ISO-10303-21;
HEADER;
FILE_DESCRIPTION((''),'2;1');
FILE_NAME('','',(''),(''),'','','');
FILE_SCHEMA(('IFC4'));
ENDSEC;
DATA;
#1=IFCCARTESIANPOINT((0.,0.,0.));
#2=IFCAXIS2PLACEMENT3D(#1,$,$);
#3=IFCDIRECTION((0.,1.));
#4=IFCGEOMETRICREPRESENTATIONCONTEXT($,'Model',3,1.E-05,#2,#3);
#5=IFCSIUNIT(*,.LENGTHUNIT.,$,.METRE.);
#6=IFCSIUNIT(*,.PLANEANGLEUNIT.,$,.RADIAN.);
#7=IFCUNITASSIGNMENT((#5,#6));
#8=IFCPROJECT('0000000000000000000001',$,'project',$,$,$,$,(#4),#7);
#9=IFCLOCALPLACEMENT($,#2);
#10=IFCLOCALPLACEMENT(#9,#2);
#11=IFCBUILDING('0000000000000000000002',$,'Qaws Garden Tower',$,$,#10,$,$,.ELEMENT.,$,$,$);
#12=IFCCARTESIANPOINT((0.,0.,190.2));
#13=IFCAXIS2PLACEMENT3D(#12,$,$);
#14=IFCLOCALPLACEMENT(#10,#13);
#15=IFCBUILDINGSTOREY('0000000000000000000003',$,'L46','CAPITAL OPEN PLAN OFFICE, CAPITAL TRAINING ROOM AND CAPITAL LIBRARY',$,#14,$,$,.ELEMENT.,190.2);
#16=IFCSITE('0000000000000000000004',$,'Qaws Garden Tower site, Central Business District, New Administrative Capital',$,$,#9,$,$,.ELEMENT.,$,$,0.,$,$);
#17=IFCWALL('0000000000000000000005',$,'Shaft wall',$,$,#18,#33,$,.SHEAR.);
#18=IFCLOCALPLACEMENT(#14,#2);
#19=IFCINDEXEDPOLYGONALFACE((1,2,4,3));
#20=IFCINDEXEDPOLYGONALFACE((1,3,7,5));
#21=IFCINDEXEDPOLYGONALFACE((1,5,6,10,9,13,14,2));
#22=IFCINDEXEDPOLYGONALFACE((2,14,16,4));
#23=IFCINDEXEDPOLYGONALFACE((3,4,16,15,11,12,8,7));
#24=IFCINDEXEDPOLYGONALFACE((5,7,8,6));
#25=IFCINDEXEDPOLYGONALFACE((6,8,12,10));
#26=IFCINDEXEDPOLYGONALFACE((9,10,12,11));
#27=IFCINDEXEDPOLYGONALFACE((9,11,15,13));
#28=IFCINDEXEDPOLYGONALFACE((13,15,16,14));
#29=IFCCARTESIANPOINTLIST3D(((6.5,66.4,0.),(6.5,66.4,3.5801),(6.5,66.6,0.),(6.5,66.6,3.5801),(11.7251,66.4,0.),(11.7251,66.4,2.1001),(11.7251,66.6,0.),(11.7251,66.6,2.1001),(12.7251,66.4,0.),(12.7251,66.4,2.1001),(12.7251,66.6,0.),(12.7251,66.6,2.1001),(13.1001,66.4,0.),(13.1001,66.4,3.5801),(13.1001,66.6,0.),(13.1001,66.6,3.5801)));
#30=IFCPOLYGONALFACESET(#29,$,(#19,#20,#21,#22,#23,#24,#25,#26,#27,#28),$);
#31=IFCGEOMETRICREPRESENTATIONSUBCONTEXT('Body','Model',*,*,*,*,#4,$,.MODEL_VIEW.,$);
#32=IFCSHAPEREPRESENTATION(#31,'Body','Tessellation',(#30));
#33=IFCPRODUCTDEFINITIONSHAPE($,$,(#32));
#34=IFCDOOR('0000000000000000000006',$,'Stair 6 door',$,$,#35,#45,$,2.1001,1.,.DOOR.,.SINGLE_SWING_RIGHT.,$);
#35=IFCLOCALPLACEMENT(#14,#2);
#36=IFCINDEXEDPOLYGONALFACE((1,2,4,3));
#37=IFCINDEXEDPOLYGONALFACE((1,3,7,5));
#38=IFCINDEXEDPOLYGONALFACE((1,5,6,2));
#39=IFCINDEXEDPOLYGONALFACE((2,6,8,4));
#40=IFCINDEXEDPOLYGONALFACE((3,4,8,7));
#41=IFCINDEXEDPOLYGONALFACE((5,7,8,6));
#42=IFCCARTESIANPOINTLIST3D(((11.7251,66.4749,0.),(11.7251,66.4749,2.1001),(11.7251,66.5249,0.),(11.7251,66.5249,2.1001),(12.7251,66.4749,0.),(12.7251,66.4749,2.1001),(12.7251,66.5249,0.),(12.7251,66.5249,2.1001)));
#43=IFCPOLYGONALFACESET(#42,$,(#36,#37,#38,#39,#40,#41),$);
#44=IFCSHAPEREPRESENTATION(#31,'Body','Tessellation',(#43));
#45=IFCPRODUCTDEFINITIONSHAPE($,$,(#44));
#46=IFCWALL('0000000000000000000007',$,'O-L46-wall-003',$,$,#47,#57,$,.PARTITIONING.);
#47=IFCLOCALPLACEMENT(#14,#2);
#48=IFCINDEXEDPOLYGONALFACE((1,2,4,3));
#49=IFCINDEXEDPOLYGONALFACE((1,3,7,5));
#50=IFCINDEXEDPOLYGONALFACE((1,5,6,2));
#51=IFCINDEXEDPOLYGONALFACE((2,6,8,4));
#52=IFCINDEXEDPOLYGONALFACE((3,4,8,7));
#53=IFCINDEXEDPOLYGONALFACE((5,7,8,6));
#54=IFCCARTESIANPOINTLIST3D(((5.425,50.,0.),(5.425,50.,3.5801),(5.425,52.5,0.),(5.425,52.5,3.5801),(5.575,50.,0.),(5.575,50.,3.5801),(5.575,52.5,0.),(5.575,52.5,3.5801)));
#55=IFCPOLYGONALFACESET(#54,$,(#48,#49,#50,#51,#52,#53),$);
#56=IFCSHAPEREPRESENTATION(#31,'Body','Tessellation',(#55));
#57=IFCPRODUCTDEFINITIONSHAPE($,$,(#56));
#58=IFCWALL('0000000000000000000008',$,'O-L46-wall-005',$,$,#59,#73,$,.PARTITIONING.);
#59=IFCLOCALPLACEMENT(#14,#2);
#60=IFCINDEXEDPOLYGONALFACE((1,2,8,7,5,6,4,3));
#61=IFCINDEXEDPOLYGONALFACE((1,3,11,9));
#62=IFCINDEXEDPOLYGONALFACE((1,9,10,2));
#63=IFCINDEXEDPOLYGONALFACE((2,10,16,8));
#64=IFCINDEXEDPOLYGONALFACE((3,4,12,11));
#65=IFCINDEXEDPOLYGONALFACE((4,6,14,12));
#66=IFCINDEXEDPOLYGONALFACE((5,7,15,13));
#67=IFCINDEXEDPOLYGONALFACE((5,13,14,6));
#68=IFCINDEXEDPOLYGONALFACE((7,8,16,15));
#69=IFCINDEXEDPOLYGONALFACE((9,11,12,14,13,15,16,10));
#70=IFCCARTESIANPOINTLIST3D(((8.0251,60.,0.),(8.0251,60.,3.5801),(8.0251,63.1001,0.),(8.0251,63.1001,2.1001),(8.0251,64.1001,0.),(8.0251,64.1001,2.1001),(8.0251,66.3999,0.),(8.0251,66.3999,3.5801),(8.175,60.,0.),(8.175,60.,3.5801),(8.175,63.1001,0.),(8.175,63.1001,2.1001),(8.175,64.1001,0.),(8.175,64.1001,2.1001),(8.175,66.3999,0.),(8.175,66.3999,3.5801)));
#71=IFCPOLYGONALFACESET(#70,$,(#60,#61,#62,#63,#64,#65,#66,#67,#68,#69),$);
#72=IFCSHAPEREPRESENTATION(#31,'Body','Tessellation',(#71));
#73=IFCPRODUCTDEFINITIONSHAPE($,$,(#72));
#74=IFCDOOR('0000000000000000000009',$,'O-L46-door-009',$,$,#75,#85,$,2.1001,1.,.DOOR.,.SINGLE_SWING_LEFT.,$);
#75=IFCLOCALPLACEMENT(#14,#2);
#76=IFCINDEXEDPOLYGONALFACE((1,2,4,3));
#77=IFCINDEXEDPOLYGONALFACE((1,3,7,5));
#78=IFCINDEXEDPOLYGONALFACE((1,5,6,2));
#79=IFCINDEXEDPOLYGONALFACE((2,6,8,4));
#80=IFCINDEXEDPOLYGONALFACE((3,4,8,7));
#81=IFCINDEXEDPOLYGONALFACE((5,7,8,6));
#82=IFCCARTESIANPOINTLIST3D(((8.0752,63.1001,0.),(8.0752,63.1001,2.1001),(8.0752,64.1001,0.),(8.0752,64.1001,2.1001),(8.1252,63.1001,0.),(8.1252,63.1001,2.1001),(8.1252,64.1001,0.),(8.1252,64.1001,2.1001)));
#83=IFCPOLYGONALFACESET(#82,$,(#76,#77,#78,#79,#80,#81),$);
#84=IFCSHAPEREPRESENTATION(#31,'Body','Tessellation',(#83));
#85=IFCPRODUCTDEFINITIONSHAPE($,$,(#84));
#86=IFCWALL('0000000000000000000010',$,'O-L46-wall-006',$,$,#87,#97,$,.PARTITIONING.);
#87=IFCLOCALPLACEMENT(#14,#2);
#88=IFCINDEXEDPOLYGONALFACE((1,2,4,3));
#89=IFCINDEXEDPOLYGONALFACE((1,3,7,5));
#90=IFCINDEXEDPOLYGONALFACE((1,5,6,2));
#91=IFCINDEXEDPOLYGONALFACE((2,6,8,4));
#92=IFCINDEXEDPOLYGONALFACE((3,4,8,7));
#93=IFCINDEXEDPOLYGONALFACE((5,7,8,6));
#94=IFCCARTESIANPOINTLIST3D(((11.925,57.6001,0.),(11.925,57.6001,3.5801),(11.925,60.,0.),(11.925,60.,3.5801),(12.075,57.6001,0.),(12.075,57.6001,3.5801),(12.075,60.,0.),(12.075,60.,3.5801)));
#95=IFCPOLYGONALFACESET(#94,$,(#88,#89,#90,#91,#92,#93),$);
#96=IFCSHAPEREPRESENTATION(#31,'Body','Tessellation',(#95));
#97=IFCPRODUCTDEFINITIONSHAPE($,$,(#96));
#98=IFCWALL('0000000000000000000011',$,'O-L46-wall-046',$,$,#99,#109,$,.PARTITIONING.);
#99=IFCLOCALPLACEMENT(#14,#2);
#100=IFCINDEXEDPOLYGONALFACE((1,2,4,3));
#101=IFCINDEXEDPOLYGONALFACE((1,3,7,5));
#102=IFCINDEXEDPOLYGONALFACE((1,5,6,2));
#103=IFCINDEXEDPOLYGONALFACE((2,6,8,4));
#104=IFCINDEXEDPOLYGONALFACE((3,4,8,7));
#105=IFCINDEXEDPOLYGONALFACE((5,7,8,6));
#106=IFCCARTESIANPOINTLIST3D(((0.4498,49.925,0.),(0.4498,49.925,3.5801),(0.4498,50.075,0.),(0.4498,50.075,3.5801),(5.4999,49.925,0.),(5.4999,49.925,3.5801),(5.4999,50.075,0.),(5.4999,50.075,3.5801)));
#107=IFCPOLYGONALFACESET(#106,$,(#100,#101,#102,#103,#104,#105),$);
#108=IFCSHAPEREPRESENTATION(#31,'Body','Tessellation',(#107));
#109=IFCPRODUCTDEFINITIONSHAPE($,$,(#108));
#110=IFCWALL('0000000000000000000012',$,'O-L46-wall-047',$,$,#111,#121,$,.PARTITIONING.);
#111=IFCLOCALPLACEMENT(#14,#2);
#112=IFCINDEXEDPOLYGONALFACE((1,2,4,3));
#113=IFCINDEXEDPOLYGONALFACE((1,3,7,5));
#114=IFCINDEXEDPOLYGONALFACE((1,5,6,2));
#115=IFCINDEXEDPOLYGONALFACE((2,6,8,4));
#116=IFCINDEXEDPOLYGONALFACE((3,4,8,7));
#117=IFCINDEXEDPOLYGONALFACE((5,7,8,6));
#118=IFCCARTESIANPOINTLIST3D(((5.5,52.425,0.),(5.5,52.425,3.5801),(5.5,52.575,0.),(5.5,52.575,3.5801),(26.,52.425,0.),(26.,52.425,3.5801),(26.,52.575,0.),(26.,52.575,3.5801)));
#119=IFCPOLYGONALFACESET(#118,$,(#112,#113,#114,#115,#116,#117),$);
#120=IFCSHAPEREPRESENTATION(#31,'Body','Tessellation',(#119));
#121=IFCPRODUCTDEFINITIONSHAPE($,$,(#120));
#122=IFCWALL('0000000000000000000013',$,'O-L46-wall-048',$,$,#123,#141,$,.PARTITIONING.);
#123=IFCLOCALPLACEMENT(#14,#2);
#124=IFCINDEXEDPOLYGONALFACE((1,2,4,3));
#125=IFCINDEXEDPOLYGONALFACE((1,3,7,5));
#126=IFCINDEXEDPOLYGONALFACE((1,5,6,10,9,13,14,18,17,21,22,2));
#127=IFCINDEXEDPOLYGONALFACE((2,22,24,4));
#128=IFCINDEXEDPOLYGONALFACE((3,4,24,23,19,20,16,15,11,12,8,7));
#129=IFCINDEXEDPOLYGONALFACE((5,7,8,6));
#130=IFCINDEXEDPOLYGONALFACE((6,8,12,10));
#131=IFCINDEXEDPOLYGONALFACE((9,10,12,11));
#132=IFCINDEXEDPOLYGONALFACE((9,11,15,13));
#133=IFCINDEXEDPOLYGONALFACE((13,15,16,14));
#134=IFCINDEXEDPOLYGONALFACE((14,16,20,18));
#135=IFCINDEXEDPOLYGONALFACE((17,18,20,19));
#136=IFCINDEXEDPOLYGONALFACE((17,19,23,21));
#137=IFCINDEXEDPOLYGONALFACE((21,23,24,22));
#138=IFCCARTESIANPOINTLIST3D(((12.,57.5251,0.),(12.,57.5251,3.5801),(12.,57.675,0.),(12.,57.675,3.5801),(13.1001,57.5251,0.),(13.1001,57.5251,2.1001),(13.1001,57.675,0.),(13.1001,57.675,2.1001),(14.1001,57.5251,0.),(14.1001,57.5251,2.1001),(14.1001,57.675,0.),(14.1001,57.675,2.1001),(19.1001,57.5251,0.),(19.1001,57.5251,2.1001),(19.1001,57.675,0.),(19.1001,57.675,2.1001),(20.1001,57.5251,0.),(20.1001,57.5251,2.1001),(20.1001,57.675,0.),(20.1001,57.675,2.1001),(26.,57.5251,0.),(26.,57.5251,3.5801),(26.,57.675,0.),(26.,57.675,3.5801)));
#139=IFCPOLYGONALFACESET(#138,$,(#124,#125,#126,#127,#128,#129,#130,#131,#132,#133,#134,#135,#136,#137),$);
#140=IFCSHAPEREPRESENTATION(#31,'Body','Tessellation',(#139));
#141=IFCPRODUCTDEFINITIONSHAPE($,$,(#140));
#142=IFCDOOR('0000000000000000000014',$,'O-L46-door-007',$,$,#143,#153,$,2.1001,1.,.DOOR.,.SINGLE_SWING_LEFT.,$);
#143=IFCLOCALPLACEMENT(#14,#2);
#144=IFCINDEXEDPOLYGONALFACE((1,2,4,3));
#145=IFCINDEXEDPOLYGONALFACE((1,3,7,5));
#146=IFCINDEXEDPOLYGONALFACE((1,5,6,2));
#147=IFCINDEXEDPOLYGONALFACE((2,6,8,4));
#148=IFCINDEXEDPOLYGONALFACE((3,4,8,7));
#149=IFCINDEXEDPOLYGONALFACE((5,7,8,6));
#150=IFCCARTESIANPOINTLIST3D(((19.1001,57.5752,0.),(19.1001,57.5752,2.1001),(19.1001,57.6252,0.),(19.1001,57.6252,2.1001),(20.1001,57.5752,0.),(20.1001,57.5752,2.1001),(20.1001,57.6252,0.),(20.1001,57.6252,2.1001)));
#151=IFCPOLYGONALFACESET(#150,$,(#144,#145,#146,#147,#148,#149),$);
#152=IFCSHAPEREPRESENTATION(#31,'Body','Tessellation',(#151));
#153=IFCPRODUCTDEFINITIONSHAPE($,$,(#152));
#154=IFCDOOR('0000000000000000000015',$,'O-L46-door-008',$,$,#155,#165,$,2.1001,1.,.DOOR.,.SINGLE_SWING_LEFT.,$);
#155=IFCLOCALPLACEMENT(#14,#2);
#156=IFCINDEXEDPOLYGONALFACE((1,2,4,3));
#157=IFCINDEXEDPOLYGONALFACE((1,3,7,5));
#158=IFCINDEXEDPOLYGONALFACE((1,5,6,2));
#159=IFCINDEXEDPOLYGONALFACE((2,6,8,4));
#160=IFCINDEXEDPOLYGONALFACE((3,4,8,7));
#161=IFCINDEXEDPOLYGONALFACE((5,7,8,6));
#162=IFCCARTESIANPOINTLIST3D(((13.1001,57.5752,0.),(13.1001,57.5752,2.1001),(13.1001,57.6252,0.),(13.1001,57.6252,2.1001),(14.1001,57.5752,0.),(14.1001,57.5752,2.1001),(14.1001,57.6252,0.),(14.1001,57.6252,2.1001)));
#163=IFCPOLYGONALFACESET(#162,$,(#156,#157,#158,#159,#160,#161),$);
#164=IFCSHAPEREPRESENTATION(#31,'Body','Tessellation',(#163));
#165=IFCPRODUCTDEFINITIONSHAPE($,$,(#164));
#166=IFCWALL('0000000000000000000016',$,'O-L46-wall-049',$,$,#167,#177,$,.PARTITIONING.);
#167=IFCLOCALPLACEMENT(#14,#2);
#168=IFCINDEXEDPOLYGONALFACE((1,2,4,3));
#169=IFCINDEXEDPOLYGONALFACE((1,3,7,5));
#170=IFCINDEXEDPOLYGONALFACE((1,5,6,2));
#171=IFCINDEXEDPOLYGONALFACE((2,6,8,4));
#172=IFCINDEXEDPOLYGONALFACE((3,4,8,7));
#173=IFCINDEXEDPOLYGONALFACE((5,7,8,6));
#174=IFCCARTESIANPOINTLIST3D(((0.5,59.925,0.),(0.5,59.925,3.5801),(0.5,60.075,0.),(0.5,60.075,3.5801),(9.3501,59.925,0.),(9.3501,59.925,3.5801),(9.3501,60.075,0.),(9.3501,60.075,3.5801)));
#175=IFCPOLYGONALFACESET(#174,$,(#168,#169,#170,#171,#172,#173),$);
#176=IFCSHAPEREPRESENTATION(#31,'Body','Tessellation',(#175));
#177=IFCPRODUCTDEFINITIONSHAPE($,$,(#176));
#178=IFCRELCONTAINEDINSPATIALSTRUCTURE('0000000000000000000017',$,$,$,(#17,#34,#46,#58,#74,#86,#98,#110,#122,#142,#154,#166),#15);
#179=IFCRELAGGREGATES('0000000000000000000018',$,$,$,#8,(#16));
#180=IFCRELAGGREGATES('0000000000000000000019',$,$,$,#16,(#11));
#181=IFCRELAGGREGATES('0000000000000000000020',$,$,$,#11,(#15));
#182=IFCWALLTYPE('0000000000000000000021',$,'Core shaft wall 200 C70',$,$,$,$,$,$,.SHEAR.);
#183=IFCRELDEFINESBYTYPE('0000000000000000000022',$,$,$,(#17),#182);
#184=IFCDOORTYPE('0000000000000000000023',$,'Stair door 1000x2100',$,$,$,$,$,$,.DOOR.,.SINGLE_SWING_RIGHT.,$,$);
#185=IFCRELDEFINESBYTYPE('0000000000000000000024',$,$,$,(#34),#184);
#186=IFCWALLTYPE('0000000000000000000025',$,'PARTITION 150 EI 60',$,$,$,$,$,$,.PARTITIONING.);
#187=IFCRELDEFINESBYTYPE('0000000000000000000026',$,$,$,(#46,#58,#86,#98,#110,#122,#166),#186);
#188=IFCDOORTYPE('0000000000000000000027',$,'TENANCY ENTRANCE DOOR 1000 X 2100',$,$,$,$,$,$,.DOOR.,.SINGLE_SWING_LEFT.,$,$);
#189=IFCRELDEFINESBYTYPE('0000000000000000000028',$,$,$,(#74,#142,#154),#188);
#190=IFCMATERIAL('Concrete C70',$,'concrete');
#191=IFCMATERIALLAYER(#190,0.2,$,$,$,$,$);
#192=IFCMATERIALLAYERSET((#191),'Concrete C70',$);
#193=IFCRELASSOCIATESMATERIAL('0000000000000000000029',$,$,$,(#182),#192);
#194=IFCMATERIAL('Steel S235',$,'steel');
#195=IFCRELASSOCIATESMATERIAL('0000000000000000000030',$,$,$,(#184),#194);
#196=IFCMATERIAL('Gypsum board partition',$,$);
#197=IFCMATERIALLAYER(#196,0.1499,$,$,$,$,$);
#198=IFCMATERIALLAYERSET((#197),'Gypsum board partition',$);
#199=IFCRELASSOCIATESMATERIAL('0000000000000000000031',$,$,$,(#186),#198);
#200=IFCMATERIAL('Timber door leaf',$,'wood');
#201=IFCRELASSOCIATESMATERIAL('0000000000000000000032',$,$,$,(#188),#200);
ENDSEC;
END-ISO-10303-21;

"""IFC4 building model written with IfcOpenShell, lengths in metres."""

from ifc_helpers import new_model, si_unit, direction, frame, frame_2d, origin, place, context, subcontext, project, spatial, rectangle, extrude, material, layer, layer_set, type_object, element, fill, save


model = new_model("IFC4")

# Units and contexts
model_context = context("Model", 3, precision=1e-05, world=origin(), true_north=direction((0.0, 1.0)))
body_context = subcontext(model_context, "Body", "Model", "MODEL_VIEW")
ifc_project = project(units=[si_unit("LENGTHUNIT", "METRE"), si_unit("PLANEANGLEUNIT", "RADIAN")], contexts=[model_context])

# Site, building, storey
site_placement = place(None, origin())
site = spatial("IfcSite", under=ifc_project, at=site_placement, Name="Qaws Garden Tower site, Central Business District, New Administrative Capital", CompositionType="ELEMENT", RefElevation=0.0)
building_placement = place(site_placement, origin())
building = spatial("IfcBuilding", under=site, at=building_placement, Name="Qaws Garden Tower", CompositionType="ELEMENT")
storey_placement = place(building_placement, frame((0.0, 0.0, 190.2)))
storey = spatial("IfcBuildingStorey", under=building, at=storey_placement, Name="L46", Description="CAPITAL OPEN PLAN OFFICE, CAPITAL TRAINING ROOM AND CAPITAL LIBRARY", CompositionType="ELEMENT", Elevation=190.2)

# Wall, opening, door
ifc_material_1 = material(Name="Concrete C70", Category="concrete")
ifc_layer_1 = layer(ifc_material_1, 0.2)
ifc_layer_set_1 = layer_set([ifc_layer_1], Name="Concrete C70")
wall_type_1 = type_object("IfcWallType", Name="Core shaft wall 200 C70", PredefinedType="SHEAR", material=ifc_layer_set_1)
wall_1_placement = place(storey_placement, frame((6.5, 66.5, 0.0), z_axis=(0.0, 0.0, 1.0), x_axis=(1.0, 0.0, 0.0)))
wall_1 = element("IfcWall", 1, at=wall_1_placement, inside=storey, type_object=wall_type_1, Name="Shaft wall", PredefinedType="SHEAR", context=body_context, shape_type="SweptSolid", body=[
    extrude(rectangle(XDim=6.6001, YDim=0.2, at=frame_2d((3.3, 0.0))), origin(), (0.0, 0.0, 1.0), 3.5801),
])
opening_1_placement = place(wall_1_placement, frame((5.2251, 0.0, 0.0)))
opening_1 = element("IfcOpeningElement", 2, at=opening_1_placement, cuts=wall_1, PredefinedType="OPENING", context=body_context, shape_type="SweptSolid", body=[
    extrude(rectangle(XDim=1.0, YDim=2.1001, at=frame_2d((0.5, 1.05))), frame((0.0, 0.1099, 0.0), z_axis=(0.0, -1.0, 0.0), x_axis=(1.0, 0.0, 0.0)), (0.0, 0.0, 1.0), 0.22),
])
ifc_material_2 = material(Name="Steel S235", Category="steel")
door_type_1 = type_object("IfcDoorType", Name="Stair door 1000x2100", OperationType="SINGLE_SWING_RIGHT", PredefinedType="DOOR", material=ifc_material_2)
door_1_placement = place(opening_1_placement, origin())
door_1 = element("IfcDoor", 3, at=door_1_placement, inside=storey, type_object=door_type_1, Name="Stair 6 door", OperationType="SINGLE_SWING_RIGHT", OverallHeight=2.1001, OverallWidth=1.0, PredefinedType="DOOR", context=body_context, shape_type="SweptSolid", body=[
    extrude(rectangle(XDim=1.0, YDim=2.1001, at=frame_2d((0.5, 1.05))), frame((0.0, 0.0249, 0.0), z_axis=(0.0, -1.0, 0.0), x_axis=(1.0, 0.0, 0.0)), (0.0, 0.0, 1.0), 0.05),
])
fill(opening_1, door_1)

# Wall
ifc_material_3 = material(Name="Gypsum board partition")
ifc_layer_2 = layer(ifc_material_3, 0.1499)
ifc_layer_set_2 = layer_set([ifc_layer_2], Name="Gypsum board partition")
wall_type_2 = type_object("IfcWallType", Name="PARTITION 150 EI 60", PredefinedType="PARTITIONING", material=ifc_layer_set_2)
wall_2_placement = place(storey_placement, frame((5.5, 50.0, 0.0), z_axis=(0.0, 0.0, 1.0), x_axis=(0.0, 1.0, 0.0)))
element("IfcWall", 4, at=wall_2_placement, inside=storey, type_object=wall_type_2, Name="O-L46-wall-003", PredefinedType="PARTITIONING", context=body_context, shape_type="SweptSolid", body=[
    extrude(rectangle(XDim=2.5, YDim=0.1499, at=frame_2d((1.25, 0.0))), origin(), (0.0, 0.0, 1.0), 3.5801),
])

# Wall, opening, door
wall_3_placement = place(storey_placement, frame((8.1001, 60.0, 0.0), z_axis=(0.0, 0.0, 1.0), x_axis=(0.0, 1.0, 0.0)))
wall_3 = element("IfcWall", 5, at=wall_3_placement, inside=storey, type_object=wall_type_2, Name="O-L46-wall-005", PredefinedType="PARTITIONING", context=body_context, shape_type="SweptSolid", body=[
    extrude(rectangle(XDim=6.3999, YDim=0.1499, at=frame_2d((3.2, 0.0))), origin(), (0.0, 0.0, 1.0), 3.5801),
])
opening_2_placement = place(wall_3_placement, frame((3.1001, 0.0, 0.0)))
opening_2 = element("IfcOpeningElement", 6, at=opening_2_placement, cuts=wall_3, PredefinedType="OPENING", context=body_context, shape_type="SweptSolid", body=[
    extrude(rectangle(XDim=1.0, YDim=2.1001, at=frame_2d((0.5, 1.05))), frame((0.0, 0.085, 0.0), z_axis=(0.0, -1.0, 0.0), x_axis=(1.0, 0.0, 0.0)), (0.0, 0.0, 1.0), 0.1699),
])
ifc_material_4 = material(Name="Timber door leaf", Category="wood")
door_type_2 = type_object("IfcDoorType", Name="TENANCY ENTRANCE DOOR 1000 X 2100", OperationType="SINGLE_SWING_LEFT", PredefinedType="DOOR", material=ifc_material_4)
door_2_placement = place(opening_2_placement, origin())
door_2 = element("IfcDoor", 7, at=door_2_placement, inside=storey, type_object=door_type_2, Name="O-L46-door-009", OperationType="SINGLE_SWING_LEFT", OverallHeight=2.1001, OverallWidth=1.0, PredefinedType="DOOR", context=body_context, shape_type="SweptSolid", body=[
    extrude(rectangle(XDim=1.0, YDim=2.1001, at=frame_2d((0.5, 1.05))), frame((0.0, 0.0249, 0.0), z_axis=(0.0, -1.0, 0.0), x_axis=(1.0, 0.0, 0.0)), (0.0, 0.0, 1.0), 0.05),
])
fill(opening_2, door_2)

# Walls
wall_4_placement = place(storey_placement, frame((12.0, 57.6001, 0.0), z_axis=(0.0, 0.0, 1.0), x_axis=(0.0, 1.0, 0.0)))
element("IfcWall", 8, at=wall_4_placement, inside=storey, type_object=wall_type_2, Name="O-L46-wall-006", PredefinedType="PARTITIONING", context=body_context, shape_type="SweptSolid", body=[
    extrude(rectangle(XDim=2.3999, YDim=0.1499, at=frame_2d((1.2, 0.0))), origin(), (0.0, 0.0, 1.0), 3.5801),
])
wall_5_placement = place(storey_placement, frame((0.45, 50.0, 0.0), z_axis=(0.0, 0.0, 1.0), x_axis=(1.0, 0.0, 0.0)))
element("IfcWall", 9, at=wall_5_placement, inside=storey, type_object=wall_type_2, Name="O-L46-wall-046", PredefinedType="PARTITIONING", context=body_context, shape_type="SweptSolid", body=[
    extrude(rectangle(XDim=5.05, YDim=0.1499, at=frame_2d((2.5249, 0.0))), origin(), (0.0, 0.0, 1.0), 3.5801),
])
wall_6_placement = place(storey_placement, frame((5.5, 52.5, 0.0), z_axis=(0.0, 0.0, 1.0), x_axis=(1.0, 0.0, 0.0)))
element("IfcWall", 10, at=wall_6_placement, inside=storey, type_object=wall_type_2, Name="O-L46-wall-047", PredefinedType="PARTITIONING", context=body_context, shape_type="SweptSolid", body=[
    extrude(rectangle(XDim=20.5, YDim=0.1499, at=frame_2d((10.25, 0.0))), origin(), (0.0, 0.0, 1.0), 3.5801),
])

# Wall, openings, doors
wall_7_placement = place(storey_placement, frame((12.0, 57.6001, 0.0), z_axis=(0.0, 0.0, 1.0), x_axis=(1.0, 0.0, 0.0)))
wall_7 = element("IfcWall", 11, at=wall_7_placement, inside=storey, type_object=wall_type_2, Name="O-L46-wall-048", PredefinedType="PARTITIONING", context=body_context, shape_type="SweptSolid", body=[
    extrude(rectangle(XDim=14.0, YDim=0.1499, at=frame_2d((7.0, 0.0))), origin(), (0.0, 0.0, 1.0), 3.5801),
])
opening_3_placement = place(wall_7_placement, frame((7.1001, 0.0, 0.0)))
opening_3 = element("IfcOpeningElement", 12, at=opening_3_placement, cuts=wall_7, PredefinedType="OPENING", context=body_context, shape_type="SweptSolid", body=[
    extrude(rectangle(XDim=1.0, YDim=2.1001, at=frame_2d((0.5, 1.05))), frame((0.0, 0.085, 0.0), z_axis=(0.0, -1.0, 0.0), x_axis=(1.0, 0.0, 0.0)), (0.0, 0.0, 1.0), 0.1699),
])
opening_4_placement = place(wall_7_placement, frame((1.1001, 0.0, 0.0)))
opening_4 = element("IfcOpeningElement", 13, at=opening_4_placement, cuts=wall_7, PredefinedType="OPENING", context=body_context, shape_type="SweptSolid", body=[
    extrude(rectangle(XDim=1.0, YDim=2.1001, at=frame_2d((0.5, 1.05))), frame((0.0, 0.085, 0.0), z_axis=(0.0, -1.0, 0.0), x_axis=(1.0, 0.0, 0.0)), (0.0, 0.0, 1.0), 0.1699),
])
door_3_placement = place(opening_3_placement, frame((1.0, 0.0, 0.0), z_axis=(0.0, 0.0, 1.0), x_axis=(-1.0, 0.0, 0.0)))
door_3 = element("IfcDoor", 14, at=door_3_placement, inside=storey, type_object=door_type_2, Name="O-L46-door-007", OperationType="SINGLE_SWING_LEFT", OverallHeight=2.1001, OverallWidth=1.0, PredefinedType="DOOR", context=body_context, shape_type="SweptSolid", body=[
    extrude(rectangle(XDim=1.0, YDim=2.1001, at=frame_2d((0.5, 1.05))), frame((0.0, 0.0249, 0.0), z_axis=(0.0, -1.0, 0.0), x_axis=(1.0, 0.0, 0.0)), (0.0, 0.0, 1.0), 0.05),
])
fill(opening_3, door_3)
door_4_placement = place(opening_4_placement, frame((1.0, 0.0, 0.0), z_axis=(0.0, 0.0, 1.0), x_axis=(-1.0, 0.0, 0.0)))
door_4 = element("IfcDoor", 15, at=door_4_placement, inside=storey, type_object=door_type_2, Name="O-L46-door-008", OperationType="SINGLE_SWING_LEFT", OverallHeight=2.1001, OverallWidth=1.0, PredefinedType="DOOR", context=body_context, shape_type="SweptSolid", body=[
    extrude(rectangle(XDim=1.0, YDim=2.1001, at=frame_2d((0.5, 1.05))), frame((0.0, 0.0249, 0.0), z_axis=(0.0, -1.0, 0.0), x_axis=(1.0, 0.0, 0.0)), (0.0, 0.0, 1.0), 0.05),
])
fill(opening_4, door_4)

# Wall
wall_8_placement = place(storey_placement, frame((0.5, 60.0, 0.0), z_axis=(0.0, 0.0, 1.0), x_axis=(1.0, 0.0, 0.0)))
element("IfcWall", 16, at=wall_8_placement, inside=storey, type_object=wall_type_2, Name="O-L46-wall-049", PredefinedType="PARTITIONING", context=body_context, shape_type="SweptSolid", body=[
    extrude(rectangle(XDim=8.8501, YDim=0.1499, at=frame_2d((4.425, 0.0))), origin(), (0.0, 0.0, 1.0), 3.5801),
])

save(model, "model.ifc")
